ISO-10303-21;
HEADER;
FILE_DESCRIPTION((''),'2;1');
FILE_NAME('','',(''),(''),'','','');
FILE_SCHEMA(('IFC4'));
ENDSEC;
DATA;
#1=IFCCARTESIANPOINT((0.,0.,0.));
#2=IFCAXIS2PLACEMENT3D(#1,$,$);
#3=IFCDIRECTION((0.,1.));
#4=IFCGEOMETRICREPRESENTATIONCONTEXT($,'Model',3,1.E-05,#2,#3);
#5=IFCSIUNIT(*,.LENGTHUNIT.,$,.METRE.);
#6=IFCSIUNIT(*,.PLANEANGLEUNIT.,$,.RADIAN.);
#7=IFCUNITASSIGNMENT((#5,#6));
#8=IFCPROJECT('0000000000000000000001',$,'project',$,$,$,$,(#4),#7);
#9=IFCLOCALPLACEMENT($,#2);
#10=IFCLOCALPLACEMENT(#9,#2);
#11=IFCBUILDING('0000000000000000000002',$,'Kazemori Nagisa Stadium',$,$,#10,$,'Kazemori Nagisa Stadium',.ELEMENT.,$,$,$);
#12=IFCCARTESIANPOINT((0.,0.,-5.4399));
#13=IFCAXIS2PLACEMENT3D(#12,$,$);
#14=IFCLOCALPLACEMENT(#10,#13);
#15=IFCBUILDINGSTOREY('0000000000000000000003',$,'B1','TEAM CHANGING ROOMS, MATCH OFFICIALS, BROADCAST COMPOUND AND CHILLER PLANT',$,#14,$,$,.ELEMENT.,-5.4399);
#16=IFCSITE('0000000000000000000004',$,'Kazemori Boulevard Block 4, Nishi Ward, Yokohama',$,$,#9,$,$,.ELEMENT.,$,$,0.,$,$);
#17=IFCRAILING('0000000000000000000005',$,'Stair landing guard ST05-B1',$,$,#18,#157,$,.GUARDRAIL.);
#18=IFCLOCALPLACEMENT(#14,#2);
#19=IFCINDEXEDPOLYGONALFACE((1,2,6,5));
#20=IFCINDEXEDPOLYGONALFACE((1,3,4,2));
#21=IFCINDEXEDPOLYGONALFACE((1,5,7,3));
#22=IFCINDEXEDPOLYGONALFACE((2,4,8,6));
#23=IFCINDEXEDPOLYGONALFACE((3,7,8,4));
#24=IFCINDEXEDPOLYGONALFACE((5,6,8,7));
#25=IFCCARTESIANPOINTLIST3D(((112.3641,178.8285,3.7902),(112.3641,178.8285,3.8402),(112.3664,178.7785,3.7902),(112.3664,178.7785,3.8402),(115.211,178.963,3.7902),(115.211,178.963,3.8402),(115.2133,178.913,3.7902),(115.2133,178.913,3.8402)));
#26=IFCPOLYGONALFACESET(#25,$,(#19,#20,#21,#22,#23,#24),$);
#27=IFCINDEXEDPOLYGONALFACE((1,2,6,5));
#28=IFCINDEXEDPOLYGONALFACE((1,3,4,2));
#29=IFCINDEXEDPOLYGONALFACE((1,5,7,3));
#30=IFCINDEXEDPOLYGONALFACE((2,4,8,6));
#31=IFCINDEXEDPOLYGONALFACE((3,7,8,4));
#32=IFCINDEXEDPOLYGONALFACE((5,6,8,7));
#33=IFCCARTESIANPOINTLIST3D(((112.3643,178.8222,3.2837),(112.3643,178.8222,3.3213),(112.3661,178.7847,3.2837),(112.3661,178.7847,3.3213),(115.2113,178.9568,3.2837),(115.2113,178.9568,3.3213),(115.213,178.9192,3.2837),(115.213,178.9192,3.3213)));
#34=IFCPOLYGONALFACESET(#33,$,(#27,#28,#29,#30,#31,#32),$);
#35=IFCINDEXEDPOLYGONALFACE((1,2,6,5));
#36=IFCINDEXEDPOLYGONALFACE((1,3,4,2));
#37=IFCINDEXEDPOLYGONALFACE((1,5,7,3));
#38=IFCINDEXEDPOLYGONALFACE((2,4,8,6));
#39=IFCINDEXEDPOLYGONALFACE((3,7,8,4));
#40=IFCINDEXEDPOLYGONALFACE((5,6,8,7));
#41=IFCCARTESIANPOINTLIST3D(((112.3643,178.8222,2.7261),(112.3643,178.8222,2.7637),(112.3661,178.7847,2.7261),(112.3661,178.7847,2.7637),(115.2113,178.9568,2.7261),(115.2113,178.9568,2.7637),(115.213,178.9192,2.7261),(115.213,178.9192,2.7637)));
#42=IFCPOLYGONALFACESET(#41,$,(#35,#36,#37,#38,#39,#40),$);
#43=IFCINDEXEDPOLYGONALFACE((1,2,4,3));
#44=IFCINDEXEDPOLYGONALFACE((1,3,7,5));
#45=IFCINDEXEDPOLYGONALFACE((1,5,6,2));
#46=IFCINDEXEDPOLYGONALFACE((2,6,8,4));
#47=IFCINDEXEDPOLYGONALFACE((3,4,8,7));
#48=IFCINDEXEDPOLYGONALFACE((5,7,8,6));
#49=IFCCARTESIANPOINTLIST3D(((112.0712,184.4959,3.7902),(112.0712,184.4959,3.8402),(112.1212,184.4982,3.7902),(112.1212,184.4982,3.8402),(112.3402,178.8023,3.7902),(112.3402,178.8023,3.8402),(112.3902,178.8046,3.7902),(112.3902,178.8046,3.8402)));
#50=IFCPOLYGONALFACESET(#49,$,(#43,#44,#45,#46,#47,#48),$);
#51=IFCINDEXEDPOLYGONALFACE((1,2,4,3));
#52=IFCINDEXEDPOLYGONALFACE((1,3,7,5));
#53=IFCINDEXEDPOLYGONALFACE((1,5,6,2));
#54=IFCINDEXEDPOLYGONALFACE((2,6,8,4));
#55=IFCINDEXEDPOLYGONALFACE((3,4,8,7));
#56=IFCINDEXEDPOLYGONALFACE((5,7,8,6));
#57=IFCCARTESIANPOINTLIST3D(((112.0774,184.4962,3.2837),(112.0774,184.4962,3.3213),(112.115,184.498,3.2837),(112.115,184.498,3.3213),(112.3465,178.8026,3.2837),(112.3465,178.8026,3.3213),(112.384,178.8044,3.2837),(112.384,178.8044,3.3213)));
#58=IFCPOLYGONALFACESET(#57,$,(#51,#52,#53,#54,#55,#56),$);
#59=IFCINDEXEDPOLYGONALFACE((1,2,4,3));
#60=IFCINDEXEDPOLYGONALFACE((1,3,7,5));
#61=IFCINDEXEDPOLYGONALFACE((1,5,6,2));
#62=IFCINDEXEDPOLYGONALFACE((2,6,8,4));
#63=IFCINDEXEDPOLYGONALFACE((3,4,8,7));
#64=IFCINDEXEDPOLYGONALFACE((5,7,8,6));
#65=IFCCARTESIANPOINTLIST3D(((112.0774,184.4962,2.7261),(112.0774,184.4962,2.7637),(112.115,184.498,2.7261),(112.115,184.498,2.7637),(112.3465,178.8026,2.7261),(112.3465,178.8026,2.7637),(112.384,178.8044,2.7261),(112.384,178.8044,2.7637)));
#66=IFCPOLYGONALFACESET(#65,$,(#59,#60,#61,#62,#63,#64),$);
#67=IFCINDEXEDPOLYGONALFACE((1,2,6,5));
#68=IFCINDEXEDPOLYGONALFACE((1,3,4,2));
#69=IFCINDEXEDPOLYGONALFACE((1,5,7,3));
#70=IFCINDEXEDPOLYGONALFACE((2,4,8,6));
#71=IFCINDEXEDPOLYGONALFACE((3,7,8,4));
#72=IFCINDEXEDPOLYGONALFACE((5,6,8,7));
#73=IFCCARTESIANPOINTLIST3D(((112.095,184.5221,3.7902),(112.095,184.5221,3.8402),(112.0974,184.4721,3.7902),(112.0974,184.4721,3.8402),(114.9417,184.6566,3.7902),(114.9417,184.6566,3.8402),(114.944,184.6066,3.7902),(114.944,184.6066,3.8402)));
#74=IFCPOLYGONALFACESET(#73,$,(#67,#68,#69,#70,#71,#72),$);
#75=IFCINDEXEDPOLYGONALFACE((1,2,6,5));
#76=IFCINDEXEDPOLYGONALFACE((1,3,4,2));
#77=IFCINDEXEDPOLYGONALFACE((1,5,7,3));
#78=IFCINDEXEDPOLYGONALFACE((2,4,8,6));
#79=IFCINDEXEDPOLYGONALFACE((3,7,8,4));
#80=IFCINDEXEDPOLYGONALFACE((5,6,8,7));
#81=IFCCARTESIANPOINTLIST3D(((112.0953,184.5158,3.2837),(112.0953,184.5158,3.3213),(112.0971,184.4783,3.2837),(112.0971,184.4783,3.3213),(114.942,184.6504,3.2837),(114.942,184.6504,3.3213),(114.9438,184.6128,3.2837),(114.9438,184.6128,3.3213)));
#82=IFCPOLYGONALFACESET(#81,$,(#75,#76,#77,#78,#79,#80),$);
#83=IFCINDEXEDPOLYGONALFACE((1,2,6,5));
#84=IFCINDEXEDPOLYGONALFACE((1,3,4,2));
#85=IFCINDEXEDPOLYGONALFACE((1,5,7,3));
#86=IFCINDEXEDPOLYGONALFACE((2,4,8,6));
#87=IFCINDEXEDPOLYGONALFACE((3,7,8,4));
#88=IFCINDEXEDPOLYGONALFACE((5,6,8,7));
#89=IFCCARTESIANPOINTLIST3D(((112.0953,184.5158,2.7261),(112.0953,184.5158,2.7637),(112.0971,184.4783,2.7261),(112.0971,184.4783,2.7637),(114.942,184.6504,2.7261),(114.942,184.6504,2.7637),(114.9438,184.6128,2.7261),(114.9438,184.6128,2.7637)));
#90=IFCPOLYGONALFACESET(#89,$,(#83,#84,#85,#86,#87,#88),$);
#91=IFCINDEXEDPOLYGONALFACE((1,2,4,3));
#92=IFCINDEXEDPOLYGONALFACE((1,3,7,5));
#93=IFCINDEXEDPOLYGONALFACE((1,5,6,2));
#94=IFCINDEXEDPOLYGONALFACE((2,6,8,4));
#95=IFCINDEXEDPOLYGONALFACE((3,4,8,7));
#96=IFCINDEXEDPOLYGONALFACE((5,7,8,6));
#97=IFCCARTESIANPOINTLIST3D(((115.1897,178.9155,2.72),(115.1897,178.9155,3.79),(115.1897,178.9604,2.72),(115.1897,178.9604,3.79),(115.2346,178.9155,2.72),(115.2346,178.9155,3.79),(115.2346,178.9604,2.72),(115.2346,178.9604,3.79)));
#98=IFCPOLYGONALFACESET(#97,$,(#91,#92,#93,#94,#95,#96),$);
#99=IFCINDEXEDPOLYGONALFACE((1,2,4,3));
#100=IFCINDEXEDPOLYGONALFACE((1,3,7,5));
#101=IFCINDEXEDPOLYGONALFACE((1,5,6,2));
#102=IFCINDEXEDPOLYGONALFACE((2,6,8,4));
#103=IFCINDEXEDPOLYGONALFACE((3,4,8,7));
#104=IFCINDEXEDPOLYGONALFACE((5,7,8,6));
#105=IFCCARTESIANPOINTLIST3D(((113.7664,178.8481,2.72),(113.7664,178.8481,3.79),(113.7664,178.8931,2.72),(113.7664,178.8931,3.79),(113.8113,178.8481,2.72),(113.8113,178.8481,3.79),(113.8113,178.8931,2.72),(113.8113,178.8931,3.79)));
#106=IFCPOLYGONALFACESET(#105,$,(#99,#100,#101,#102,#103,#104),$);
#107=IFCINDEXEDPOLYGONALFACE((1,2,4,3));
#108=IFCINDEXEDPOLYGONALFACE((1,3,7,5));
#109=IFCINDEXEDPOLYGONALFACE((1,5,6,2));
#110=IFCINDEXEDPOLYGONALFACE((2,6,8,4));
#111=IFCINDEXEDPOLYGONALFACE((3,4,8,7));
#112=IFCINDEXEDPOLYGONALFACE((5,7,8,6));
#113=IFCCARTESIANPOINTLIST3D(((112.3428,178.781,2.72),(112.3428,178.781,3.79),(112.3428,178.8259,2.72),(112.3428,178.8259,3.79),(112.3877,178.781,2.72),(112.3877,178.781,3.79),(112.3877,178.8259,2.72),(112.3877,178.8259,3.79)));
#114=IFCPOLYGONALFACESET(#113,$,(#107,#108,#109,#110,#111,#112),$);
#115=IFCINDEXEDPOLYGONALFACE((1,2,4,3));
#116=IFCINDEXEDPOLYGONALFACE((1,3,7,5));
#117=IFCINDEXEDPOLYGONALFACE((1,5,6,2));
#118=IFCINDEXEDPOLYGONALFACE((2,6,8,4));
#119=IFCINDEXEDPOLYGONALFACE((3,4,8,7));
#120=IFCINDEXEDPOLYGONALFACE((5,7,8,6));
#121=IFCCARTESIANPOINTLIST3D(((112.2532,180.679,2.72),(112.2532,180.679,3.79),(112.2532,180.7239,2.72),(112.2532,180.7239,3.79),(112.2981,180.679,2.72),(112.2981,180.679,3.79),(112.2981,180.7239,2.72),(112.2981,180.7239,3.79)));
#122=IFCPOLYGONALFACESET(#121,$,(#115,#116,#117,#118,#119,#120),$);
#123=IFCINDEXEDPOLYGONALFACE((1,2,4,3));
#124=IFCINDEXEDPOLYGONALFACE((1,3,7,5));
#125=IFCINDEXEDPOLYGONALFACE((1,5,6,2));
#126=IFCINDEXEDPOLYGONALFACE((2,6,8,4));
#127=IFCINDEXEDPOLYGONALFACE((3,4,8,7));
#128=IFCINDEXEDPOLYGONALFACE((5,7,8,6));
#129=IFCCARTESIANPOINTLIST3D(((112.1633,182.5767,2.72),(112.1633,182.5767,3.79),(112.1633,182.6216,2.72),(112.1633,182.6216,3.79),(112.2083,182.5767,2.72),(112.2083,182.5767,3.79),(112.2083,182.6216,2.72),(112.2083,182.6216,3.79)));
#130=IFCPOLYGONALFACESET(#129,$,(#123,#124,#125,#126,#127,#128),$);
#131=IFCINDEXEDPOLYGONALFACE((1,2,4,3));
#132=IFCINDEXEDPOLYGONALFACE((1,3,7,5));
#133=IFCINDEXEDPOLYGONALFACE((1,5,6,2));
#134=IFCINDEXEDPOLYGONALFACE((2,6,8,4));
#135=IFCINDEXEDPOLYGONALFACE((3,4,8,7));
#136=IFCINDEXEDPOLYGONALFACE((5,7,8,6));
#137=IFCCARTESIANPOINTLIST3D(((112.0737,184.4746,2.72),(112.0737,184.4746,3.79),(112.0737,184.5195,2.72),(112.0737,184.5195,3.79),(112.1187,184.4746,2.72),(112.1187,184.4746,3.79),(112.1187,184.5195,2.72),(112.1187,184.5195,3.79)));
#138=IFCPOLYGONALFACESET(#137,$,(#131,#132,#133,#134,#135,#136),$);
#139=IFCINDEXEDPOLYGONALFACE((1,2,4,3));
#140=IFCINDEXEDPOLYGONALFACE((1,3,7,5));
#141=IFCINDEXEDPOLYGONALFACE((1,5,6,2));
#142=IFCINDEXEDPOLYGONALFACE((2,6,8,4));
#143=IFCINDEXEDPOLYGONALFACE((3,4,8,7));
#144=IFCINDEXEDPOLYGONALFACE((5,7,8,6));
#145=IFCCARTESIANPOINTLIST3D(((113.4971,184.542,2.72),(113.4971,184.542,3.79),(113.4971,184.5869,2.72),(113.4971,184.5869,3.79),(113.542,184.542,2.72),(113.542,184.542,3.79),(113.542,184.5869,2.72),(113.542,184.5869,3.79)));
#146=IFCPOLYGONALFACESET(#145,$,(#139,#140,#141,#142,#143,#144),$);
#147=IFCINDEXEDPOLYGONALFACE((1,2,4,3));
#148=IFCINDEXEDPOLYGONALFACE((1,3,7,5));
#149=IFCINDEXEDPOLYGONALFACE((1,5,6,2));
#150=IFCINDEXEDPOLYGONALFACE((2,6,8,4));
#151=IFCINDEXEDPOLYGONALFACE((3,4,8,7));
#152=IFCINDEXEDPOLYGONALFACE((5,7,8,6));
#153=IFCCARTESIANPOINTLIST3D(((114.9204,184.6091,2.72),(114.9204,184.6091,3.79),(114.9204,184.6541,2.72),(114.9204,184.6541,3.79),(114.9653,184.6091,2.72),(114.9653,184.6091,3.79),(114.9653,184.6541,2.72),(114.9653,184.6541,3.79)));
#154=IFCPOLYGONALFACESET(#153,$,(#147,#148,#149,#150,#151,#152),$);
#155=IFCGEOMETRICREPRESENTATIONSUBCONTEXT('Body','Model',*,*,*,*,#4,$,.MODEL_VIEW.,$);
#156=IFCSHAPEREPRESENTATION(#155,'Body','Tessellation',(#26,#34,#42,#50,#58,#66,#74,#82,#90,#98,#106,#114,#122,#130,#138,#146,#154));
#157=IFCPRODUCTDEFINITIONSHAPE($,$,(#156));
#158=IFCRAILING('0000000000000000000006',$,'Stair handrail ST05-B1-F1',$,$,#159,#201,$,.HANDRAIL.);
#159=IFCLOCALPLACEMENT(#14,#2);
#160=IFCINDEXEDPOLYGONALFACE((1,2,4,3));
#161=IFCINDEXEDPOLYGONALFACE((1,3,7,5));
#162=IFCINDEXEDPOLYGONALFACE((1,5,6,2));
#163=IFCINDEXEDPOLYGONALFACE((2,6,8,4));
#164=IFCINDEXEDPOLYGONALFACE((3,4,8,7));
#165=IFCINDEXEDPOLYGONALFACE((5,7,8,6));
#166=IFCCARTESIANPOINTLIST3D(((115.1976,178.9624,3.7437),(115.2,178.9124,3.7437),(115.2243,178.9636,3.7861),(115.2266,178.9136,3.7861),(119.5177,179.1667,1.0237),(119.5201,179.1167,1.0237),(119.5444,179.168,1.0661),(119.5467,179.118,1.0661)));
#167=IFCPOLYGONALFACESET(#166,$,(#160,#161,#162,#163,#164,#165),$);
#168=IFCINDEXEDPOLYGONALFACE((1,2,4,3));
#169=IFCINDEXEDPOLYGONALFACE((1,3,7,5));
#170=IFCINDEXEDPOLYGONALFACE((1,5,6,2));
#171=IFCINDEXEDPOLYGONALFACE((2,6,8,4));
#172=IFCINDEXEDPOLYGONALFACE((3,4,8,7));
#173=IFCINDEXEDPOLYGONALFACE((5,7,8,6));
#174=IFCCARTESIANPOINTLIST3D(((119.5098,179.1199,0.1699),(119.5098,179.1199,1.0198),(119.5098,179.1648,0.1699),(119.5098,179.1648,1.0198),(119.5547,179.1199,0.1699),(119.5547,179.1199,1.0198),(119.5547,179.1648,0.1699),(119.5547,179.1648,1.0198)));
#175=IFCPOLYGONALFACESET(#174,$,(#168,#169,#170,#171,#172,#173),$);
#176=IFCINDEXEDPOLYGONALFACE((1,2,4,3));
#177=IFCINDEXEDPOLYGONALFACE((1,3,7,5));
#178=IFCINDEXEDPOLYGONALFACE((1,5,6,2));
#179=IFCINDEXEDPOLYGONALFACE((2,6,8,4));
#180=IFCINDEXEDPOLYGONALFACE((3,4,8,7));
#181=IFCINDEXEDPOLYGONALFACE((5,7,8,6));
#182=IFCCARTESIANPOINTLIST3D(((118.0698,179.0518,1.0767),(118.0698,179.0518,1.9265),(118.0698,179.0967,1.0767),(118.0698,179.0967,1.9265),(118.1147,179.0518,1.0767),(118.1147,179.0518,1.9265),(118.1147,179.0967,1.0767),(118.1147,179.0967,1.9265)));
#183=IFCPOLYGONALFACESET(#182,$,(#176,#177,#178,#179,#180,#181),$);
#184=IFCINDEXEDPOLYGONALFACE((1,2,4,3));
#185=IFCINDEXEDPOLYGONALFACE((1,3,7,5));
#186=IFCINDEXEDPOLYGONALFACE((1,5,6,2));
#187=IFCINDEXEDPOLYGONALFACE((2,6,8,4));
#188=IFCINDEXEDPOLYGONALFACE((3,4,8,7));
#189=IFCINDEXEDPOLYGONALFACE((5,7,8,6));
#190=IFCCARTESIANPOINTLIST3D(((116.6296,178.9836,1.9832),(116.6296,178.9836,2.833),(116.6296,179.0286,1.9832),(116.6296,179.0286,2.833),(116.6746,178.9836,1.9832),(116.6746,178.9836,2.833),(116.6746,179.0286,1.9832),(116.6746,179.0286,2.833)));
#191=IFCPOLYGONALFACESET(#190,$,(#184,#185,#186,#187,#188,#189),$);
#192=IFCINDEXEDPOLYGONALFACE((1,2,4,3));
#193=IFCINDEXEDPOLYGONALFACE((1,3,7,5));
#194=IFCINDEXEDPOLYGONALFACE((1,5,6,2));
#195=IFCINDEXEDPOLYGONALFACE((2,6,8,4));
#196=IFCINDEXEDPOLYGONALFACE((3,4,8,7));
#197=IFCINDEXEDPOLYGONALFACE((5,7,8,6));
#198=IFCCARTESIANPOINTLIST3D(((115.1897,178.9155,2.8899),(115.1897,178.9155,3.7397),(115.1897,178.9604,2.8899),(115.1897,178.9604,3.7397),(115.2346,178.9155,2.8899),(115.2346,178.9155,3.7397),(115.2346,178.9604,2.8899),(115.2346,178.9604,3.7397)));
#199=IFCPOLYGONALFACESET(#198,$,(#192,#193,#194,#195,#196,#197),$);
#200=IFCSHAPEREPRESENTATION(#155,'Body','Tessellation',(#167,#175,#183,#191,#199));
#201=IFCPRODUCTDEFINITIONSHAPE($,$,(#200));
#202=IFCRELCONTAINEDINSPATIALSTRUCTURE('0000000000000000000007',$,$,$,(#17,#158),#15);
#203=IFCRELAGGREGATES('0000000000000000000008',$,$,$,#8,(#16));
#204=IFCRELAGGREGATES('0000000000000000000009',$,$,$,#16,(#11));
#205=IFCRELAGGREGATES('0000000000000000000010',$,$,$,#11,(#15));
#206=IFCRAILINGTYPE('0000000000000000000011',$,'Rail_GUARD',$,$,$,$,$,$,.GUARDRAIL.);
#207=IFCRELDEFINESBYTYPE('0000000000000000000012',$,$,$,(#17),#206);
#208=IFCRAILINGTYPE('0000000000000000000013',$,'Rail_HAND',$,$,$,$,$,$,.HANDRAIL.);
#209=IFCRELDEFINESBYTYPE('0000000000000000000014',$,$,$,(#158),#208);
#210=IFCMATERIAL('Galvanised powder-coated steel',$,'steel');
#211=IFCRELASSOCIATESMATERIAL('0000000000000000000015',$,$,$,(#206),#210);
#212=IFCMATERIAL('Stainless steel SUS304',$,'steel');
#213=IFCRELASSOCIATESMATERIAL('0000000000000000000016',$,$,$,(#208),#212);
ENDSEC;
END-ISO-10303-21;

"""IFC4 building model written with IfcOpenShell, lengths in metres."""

from ifc_helpers import new_model, si_unit, direction, frame, origin, origin_2d, place, context, subcontext, project, spatial, rectangle, extrude, material, type_object, element, save


model = new_model("IFC4")

# Units and contexts
model_context = context("Model", 3, precision=1e-05, world=origin(), true_north=direction((0.0, 1.0)))
body_context = subcontext(model_context, "Body", "Model", "MODEL_VIEW")
ifc_project = project(units=[si_unit("LENGTHUNIT", "METRE"), si_unit("PLANEANGLEUNIT", "RADIAN")], contexts=[model_context])

# Site, building, storey
site_placement = place(None, origin())
site = spatial("IfcSite", under=ifc_project, at=site_placement, Name="Kazemori Boulevard Block 4, Nishi Ward, Yokohama", CompositionType="ELEMENT", RefElevation=0.0)
building_placement = place(site_placement, origin())
building = spatial("IfcBuilding", under=site, at=building_placement, Name="Kazemori Nagisa Stadium", LongName="Kazemori Nagisa Stadium", CompositionType="ELEMENT")
storey_placement = place(building_placement, frame((0.0, 0.0, -5.4399)))
storey = spatial("IfcBuildingStorey", under=building, at=storey_placement, Name="B1", Description="TEAM CHANGING ROOMS, MATCH OFFICIALS, BROADCAST COMPOUND AND CHILLER PLANT", CompositionType="ELEMENT", Elevation=-5.4399)

# Railings
ifc_material_1 = material(Name="Galvanised powder-coated steel", Category="steel")
railing_type_1 = type_object("IfcRailingType", Name="Rail_GUARD", PredefinedType="GUARDRAIL", material=ifc_material_1)
railing_1_placement = place(storey_placement, frame((115.2122, 178.938, 2.72)))
element("IfcRailing", 1, at=railing_1_placement, inside=storey, type_object=railing_type_1, Name="Stair landing guard ST05-B1", PredefinedType="GUARDRAIL", context=body_context, shape_type="SweptSolid", body=[
    extrude(rectangle(XDim=0.05, YDim=0.05, at=origin_2d()), frame((0.0, 0.0, 1.0952), z_axis=(-0.998886, -0.047199, 0.0), x_axis=(0.047199, -0.998886, 0.0)), (0.0, 0.0, 1.0), 2.8501),
    extrude(rectangle(XDim=0.0376, YDim=0.0376, at=origin_2d()), frame((0.0, 0.0, 0.5825), z_axis=(-0.998886, -0.047199, 0.0), x_axis=(0.047199, -0.998886, 0.0)), (0.0, 0.0, 1.0), 2.8501),
    extrude(rectangle(XDim=0.0376, YDim=0.0376, at=origin_2d()), frame((0.0, 0.0, 0.0249), z_axis=(-0.998886, -0.047199, 0.0), x_axis=(0.047199, -0.998886, 0.0)), (0.0, 0.0, 1.0), 2.8501),
    extrude(rectangle(XDim=0.05, YDim=0.05, at=origin_2d()), frame((-2.8469, -0.1345, 1.0952), z_axis=(-0.047201, 0.998885, 0.0), x_axis=(-0.998885, -0.047201, 0.0)), (0.0, 0.0, 1.0), 5.7),
    extrude(rectangle(XDim=0.0376, YDim=0.0376, at=origin_2d()), frame((-2.8469, -0.1345, 0.5825), z_axis=(-0.047201, 0.998885, 0.0), x_axis=(-0.998885, -0.047201, 0.0)), (0.0, 0.0, 1.0), 5.7),
    extrude(rectangle(XDim=0.0376, YDim=0.0376, at=origin_2d()), frame((-2.8469, -0.1345, 0.0249), z_axis=(-0.047201, 0.998885, 0.0), x_axis=(-0.998885, -0.047201, 0.0)), (0.0, 0.0, 1.0), 5.7),
    extrude(rectangle(XDim=0.05, YDim=0.05, at=origin_2d()), frame((-3.116, 5.5591, 1.0952), z_axis=(0.998885, 0.047203, 0.0), x_axis=(-0.047203, 0.998885, 0.0)), (0.0, 0.0, 1.0), 2.8499),
    extrude(rectangle(XDim=0.0376, YDim=0.0376, at=origin_2d()), frame((-3.116, 5.5591, 0.5825), z_axis=(0.998885, 0.047203, 0.0), x_axis=(-0.047203, 0.998885, 0.0)), (0.0, 0.0, 1.0), 2.8499),
    extrude(rectangle(XDim=0.0376, YDim=0.0376, at=origin_2d()), frame((-3.116, 5.5591, 0.0249), z_axis=(0.998885, 0.047203, 0.0), x_axis=(-0.047203, 0.998885, 0.0)), (0.0, 0.0, 1.0), 2.8499),
    extrude(rectangle(XDim=0.0449, YDim=0.0449, at=origin_2d()), origin(), (0.0, 0.0, 1.0), 1.0701),
    extrude(rectangle(XDim=0.0449, YDim=0.0449, at=origin_2d()), frame((-1.4233, -0.0674, 0.0)), (0.0, 0.0, 1.0), 1.0701),
    extrude(rectangle(XDim=0.0449, YDim=0.0449, at=origin_2d()), frame((-2.8469, -0.1345, 0.0)), (0.0, 0.0, 1.0), 1.0701),
    extrude(rectangle(XDim=0.0449, YDim=0.0449, at=origin_2d()), frame((-2.9365, 1.7634, 0.0)), (0.0, 0.0, 1.0), 1.0701),
    extrude(rectangle(XDim=0.0449, YDim=0.0449, at=origin_2d()), frame((-3.0264, 3.6611, 0.0)), (0.0, 0.0, 1.0), 1.0701),
    extrude(rectangle(XDim=0.0449, YDim=0.0449, at=origin_2d()), frame((-3.116, 5.5591, 0.0)), (0.0, 0.0, 1.0), 1.0701),
    extrude(rectangle(XDim=0.0449, YDim=0.0449, at=origin_2d()), frame((-1.6926, 5.6265, 0.0)), (0.0, 0.0, 1.0), 1.0701),
    extrude(rectangle(XDim=0.0449, YDim=0.0449, at=origin_2d()), frame((-0.2693, 5.6936, 0.0)), (0.0, 0.0, 1.0), 1.0701),
])
ifc_material_2 = material(Name="Stainless steel SUS304", Category="steel")
railing_type_2 = type_object("IfcRailingType", Name="Rail_HAND", PredefinedType="HANDRAIL", material=ifc_material_2)
railing_2_placement = place(storey_placement, frame((119.5322, 179.1423, 0.1699)))
element("IfcRailing", 2, at=railing_2_placement, inside=storey, type_object=railing_type_2, Name="Stair handrail ST05-B1-F1", PredefinedType="HANDRAIL", context=body_context, shape_type="SweptSolid", body=[
    extrude(rectangle(XDim=0.05, YDim=0.05, at=origin_2d()), frame((0.0, 0.0, 0.875), z_axis=(-0.845562, -0.039996, 0.532377), x_axis=(0.047249, -0.998883, 0.0)), (0.0, 0.0, 1.0), 5.1091),
    extrude(rectangle(XDim=0.0449, YDim=0.0449, at=origin_2d()), origin(), (0.0, 0.0, 1.0), 0.8499),
    extrude(rectangle(XDim=0.0449, YDim=0.0449, at=origin_2d()), frame((-1.4399, -0.0681, 0.9067)), (0.0, 0.0, 1.0), 0.8499),
    extrude(rectangle(XDim=0.0449, YDim=0.0449, at=origin_2d()), frame((-2.8801, -0.1362, 1.8132)), (0.0, 0.0, 1.0), 0.8499),
    extrude(rectangle(XDim=0.0449, YDim=0.0449, at=origin_2d()), frame((-4.3201, -0.2043, 2.72)), (0.0, 0.0, 1.0), 0.8499),
])

save(model, "model.ifc")
